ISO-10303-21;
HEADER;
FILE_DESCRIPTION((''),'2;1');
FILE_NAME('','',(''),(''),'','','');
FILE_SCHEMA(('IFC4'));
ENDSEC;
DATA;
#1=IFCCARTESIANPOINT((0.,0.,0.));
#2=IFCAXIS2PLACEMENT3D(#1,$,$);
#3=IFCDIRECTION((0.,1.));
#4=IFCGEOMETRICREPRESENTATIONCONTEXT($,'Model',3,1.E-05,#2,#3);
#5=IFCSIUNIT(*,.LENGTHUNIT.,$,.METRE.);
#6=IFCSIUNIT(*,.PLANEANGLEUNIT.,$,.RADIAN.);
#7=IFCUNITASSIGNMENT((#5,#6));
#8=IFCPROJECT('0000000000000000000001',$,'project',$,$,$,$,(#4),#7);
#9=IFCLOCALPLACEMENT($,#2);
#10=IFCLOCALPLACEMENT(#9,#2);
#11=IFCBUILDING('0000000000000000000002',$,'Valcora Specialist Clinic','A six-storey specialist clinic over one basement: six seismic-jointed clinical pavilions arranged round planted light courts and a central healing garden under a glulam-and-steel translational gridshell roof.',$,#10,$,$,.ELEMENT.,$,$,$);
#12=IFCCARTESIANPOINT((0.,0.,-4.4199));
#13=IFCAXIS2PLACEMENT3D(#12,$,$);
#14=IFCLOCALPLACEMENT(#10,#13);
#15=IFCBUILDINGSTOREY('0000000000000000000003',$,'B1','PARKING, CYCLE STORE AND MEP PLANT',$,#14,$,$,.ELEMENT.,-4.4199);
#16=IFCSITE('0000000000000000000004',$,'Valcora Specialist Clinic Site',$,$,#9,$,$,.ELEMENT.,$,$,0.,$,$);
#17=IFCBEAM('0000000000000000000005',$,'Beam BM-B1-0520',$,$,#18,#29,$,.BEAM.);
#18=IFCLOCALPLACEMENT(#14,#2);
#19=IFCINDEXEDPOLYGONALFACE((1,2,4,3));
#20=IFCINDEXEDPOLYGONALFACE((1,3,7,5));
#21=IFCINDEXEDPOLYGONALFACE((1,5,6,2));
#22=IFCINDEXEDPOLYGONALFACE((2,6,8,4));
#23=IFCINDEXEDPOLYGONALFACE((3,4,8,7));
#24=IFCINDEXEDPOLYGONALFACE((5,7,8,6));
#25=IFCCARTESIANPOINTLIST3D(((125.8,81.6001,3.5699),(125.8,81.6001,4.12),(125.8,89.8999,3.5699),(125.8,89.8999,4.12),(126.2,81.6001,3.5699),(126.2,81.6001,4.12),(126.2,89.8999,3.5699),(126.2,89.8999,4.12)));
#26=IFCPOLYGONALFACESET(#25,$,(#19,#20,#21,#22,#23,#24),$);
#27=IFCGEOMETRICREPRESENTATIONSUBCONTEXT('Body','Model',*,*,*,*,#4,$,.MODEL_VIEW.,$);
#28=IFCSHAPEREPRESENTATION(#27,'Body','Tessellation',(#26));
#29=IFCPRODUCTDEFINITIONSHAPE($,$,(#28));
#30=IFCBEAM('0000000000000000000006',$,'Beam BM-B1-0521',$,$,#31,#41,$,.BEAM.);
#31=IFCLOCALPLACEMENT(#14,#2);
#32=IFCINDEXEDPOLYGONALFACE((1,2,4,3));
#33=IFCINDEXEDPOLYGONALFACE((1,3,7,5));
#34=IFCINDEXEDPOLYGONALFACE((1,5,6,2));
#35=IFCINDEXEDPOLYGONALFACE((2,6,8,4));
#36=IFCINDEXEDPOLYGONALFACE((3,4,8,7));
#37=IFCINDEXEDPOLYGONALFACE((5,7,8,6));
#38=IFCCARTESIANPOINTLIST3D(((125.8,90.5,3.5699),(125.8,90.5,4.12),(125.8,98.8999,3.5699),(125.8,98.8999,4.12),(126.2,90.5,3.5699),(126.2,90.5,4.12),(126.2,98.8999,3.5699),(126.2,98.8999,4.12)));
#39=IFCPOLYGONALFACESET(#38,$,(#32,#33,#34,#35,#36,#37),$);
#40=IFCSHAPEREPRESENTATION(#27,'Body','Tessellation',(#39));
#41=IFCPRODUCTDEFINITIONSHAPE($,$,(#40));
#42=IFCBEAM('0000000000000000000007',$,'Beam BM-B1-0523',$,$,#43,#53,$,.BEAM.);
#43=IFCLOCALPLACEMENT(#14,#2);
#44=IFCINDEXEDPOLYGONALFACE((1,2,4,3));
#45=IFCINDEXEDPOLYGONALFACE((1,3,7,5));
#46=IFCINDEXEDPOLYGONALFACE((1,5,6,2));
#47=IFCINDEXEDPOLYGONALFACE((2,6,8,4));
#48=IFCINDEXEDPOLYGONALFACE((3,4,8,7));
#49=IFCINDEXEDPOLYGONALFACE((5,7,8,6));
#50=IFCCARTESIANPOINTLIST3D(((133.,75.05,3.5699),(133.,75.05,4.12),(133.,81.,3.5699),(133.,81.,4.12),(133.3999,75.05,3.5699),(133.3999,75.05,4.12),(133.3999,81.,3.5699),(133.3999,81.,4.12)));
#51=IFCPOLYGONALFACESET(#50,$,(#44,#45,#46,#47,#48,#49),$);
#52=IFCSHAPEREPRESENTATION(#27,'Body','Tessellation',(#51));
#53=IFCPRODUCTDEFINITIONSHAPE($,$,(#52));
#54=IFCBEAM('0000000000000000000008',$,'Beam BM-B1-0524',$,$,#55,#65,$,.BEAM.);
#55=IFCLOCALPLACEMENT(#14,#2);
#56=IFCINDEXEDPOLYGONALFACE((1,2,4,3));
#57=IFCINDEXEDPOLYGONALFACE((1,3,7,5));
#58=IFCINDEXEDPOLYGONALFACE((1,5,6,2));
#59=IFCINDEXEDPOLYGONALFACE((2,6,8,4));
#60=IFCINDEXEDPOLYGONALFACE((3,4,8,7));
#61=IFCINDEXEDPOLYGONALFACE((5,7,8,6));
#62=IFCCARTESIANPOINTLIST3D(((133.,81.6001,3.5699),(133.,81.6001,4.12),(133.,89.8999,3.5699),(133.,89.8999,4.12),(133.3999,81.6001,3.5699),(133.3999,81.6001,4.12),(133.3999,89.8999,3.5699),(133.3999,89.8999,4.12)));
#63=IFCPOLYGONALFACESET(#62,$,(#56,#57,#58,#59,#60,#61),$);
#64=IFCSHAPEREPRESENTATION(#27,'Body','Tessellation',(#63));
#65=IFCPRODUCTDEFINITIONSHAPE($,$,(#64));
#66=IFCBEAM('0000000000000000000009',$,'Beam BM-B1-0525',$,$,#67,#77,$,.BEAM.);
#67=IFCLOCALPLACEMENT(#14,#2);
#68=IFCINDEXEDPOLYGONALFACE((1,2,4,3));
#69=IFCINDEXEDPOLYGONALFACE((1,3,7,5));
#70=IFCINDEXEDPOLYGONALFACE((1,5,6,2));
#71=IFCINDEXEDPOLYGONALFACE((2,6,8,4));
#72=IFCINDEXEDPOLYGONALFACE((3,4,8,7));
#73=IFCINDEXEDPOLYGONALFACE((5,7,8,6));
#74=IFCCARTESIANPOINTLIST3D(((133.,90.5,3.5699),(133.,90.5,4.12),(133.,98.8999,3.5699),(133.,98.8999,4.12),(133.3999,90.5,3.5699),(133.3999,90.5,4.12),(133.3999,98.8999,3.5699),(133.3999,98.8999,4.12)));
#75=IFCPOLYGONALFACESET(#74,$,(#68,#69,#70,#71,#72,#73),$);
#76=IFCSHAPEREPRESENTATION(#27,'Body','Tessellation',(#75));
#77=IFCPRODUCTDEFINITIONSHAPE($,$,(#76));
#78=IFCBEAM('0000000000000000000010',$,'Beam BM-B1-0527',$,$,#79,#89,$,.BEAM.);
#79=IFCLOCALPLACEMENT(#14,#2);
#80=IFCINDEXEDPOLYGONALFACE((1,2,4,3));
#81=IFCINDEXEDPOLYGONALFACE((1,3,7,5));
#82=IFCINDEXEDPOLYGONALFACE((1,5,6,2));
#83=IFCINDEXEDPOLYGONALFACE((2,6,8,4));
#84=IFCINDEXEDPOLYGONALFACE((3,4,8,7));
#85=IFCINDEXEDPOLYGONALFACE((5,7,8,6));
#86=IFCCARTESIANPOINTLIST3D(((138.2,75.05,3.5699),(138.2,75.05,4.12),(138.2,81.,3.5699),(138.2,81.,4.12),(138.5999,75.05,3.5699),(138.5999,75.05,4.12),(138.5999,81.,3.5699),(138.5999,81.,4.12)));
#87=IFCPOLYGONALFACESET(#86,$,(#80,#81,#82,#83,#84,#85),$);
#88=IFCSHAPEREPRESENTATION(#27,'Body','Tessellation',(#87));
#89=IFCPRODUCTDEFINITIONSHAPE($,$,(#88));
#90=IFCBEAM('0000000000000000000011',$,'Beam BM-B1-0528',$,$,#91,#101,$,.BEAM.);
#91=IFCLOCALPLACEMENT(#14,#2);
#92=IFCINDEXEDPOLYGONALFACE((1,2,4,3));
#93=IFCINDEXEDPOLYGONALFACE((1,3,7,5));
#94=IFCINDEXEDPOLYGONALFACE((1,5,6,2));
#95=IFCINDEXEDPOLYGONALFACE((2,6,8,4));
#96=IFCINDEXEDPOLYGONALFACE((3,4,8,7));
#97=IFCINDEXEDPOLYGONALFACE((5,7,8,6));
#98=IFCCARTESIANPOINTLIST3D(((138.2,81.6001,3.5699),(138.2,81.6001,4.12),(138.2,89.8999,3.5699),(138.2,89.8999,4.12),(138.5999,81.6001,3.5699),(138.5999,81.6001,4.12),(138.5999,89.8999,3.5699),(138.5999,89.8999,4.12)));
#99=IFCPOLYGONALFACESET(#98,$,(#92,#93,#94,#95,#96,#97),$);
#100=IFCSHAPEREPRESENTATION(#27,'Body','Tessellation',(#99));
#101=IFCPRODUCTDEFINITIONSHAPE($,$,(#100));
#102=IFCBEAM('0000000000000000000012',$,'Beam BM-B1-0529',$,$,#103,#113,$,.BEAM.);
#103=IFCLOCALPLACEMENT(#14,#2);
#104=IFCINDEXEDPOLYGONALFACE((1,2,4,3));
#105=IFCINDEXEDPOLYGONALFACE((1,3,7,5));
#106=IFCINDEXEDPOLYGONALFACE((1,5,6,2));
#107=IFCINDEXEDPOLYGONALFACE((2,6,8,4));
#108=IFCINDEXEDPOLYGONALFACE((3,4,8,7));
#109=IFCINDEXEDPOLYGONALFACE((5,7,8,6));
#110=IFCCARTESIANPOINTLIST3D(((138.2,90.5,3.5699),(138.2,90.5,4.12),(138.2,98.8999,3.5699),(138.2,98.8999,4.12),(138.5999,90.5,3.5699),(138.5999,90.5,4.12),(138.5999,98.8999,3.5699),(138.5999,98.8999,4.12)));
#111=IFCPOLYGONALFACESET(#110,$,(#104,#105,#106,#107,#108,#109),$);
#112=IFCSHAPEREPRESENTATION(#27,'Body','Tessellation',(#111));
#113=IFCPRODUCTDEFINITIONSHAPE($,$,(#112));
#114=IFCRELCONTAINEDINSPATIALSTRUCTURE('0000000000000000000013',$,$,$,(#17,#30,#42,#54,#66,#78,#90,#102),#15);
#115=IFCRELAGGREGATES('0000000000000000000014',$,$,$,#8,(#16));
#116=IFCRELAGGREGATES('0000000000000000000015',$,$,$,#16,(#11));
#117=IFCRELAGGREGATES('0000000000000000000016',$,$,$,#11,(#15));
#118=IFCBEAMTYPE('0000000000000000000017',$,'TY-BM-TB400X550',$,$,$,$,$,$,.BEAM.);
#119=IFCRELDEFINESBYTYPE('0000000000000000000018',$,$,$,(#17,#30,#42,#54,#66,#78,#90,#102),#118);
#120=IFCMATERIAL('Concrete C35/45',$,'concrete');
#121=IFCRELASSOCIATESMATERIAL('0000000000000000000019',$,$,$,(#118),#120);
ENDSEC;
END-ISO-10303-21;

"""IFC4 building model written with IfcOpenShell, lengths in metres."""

from ifc_helpers import new_model, si_unit, direction, frame, origin, origin_2d, place, context, subcontext, project, spatial, rectangle, extrude, material, material_profile, profile_set, type_object, element, save


model = new_model("IFC4")

# Units and contexts
model_context = context("Model", 3, precision=1e-05, world=origin(), true_north=direction((0.0, 1.0)))
body_context = subcontext(model_context, "Body", "Model", "MODEL_VIEW")
ifc_project = project(units=[si_unit("LENGTHUNIT", "METRE"), si_unit("PLANEANGLEUNIT", "RADIAN")], contexts=[model_context])

# Site, building, storey
site_placement = place(None, origin())
site = spatial("IfcSite", under=ifc_project, at=site_placement, Name="Valcora Specialist Clinic Site", CompositionType="ELEMENT", RefElevation=0.0)
building_placement = place(site_placement, origin())
building = spatial("IfcBuilding", under=site, at=building_placement, Name="Valcora Specialist Clinic", Description="A six-storey specialist clinic over one basement: six seismic-jointed clinical pavilions arranged round planted light courts and a central healing garden under a glulam-and-steel translational gridshell roof.", CompositionType="ELEMENT")
storey_placement = place(building_placement, frame((0.0, 0.0, -4.4199)))
storey = spatial("IfcBuildingStorey", under=building, at=storey_placement, Name="B1", Description="PARKING, CYCLE STORE AND MEP PLANT", CompositionType="ELEMENT", Elevation=-4.4199)

# Shared definitions
ifc_material_1 = material(Name="Concrete C35/45", Category="concrete")

# Beams
ifc_material_profile_1 = material_profile(ifc_material_1, rectangle(XDim=0.3999, YDim=0.55, at=origin_2d()), Name="RC-TB-400X550")
ifc_profile_set_1 = profile_set([ifc_material_profile_1], Name="Concrete C35/45")
beam_type = type_object("IfcBeamType", Name="TY-BM-TB400X550", PredefinedType="BEAM", material=ifc_profile_set_1)
beam_1_placement = place(storey_placement, frame((126.0, 81.6001, 3.845), z_axis=(0.0, 1.0, 0.0), x_axis=(-1.0, 0.0, 0.0)))
element("IfcBeam", 1, at=beam_1_placement, inside=storey, type_object=beam_type, Name="Beam BM-B1-0520", PredefinedType="BEAM", context=body_context, shape_type="SweptSolid", body=[
    extrude(rectangle(XDim=0.3999, YDim=0.55, at=origin_2d()), origin(), (0.0, 0.0, 1.0), 8.2998),
])
beam_2_placement = place(storey_placement, frame((126.0, 90.5, 3.845), z_axis=(0.0, 1.0, 0.0), x_axis=(-1.0, 0.0, 0.0)))
element("IfcBeam", 2, at=beam_2_placement, inside=storey, type_object=beam_type, Name="Beam BM-B1-0521", PredefinedType="BEAM", context=body_context, shape_type="SweptSolid", body=[
    extrude(rectangle(XDim=0.3999, YDim=0.55, at=origin_2d()), origin(), (0.0, 0.0, 1.0), 8.3999),
])
beam_3_placement = place(storey_placement, frame((133.2, 75.05, 3.845), z_axis=(0.0, 1.0, 0.0), x_axis=(-1.0, 0.0, 0.0)))
element("IfcBeam", 3, at=beam_3_placement, inside=storey, type_object=beam_type, Name="Beam BM-B1-0523", PredefinedType="BEAM", context=body_context, shape_type="SweptSolid", body=[
    extrude(rectangle(XDim=0.3999, YDim=0.55, at=origin_2d()), origin(), (0.0, 0.0, 1.0), 5.95),
])
beam_4_placement = place(storey_placement, frame((133.2, 81.6001, 3.845), z_axis=(0.0, 1.0, 0.0), x_axis=(-1.0, 0.0, 0.0)))
element("IfcBeam", 4, at=beam_4_placement, inside=storey, type_object=beam_type, Name="Beam BM-B1-0524", PredefinedType="BEAM", context=body_context, shape_type="SweptSolid", body=[
    extrude(rectangle(XDim=0.3999, YDim=0.55, at=origin_2d()), origin(), (0.0, 0.0, 1.0), 8.2998),
])
beam_5_placement = place(storey_placement, frame((133.2, 90.5, 3.845), z_axis=(0.0, 1.0, 0.0), x_axis=(-1.0, 0.0, 0.0)))
element("IfcBeam", 5, at=beam_5_placement, inside=storey, type_object=beam_type, Name="Beam BM-B1-0525", PredefinedType="BEAM", context=body_context, shape_type="SweptSolid", body=[
    extrude(rectangle(XDim=0.3999, YDim=0.55, at=origin_2d()), origin(), (0.0, 0.0, 1.0), 8.3999),
])
beam_6_placement = place(storey_placement, frame((138.3999, 75.05, 3.845), z_axis=(0.0, 1.0, 0.0), x_axis=(-1.0, 0.0, 0.0)))
element("IfcBeam", 6, at=beam_6_placement, inside=storey, type_object=beam_type, Name="Beam BM-B1-0527", PredefinedType="BEAM", context=body_context, shape_type="SweptSolid", body=[
    extrude(rectangle(XDim=0.3999, YDim=0.55, at=origin_2d()), origin(), (0.0, 0.0, 1.0), 5.95),
])
beam_7_placement = place(storey_placement, frame((138.3999, 81.6001, 3.845), z_axis=(0.0, 1.0, 0.0), x_axis=(-1.0, 0.0, 0.0)))
element("IfcBeam", 7, at=beam_7_placement, inside=storey, type_object=beam_type, Name="Beam BM-B1-0528", PredefinedType="BEAM", context=body_context, shape_type="SweptSolid", body=[
    extrude(rectangle(XDim=0.3999, YDim=0.55, at=origin_2d()), origin(), (0.0, 0.0, 1.0), 8.2998),
])
beam_8_placement = place(storey_placement, frame((138.3999, 90.5, 3.845), z_axis=(0.0, 1.0, 0.0), x_axis=(-1.0, 0.0, 0.0)))
element("IfcBeam", 8, at=beam_8_placement, inside=storey, type_object=beam_type, Name="Beam BM-B1-0529", PredefinedType="BEAM", context=body_context, shape_type="SweptSolid", body=[
    extrude(rectangle(XDim=0.3999, YDim=0.55, at=origin_2d()), origin(), (0.0, 0.0, 1.0), 8.3999),
])

save(model, "model.ifc")
